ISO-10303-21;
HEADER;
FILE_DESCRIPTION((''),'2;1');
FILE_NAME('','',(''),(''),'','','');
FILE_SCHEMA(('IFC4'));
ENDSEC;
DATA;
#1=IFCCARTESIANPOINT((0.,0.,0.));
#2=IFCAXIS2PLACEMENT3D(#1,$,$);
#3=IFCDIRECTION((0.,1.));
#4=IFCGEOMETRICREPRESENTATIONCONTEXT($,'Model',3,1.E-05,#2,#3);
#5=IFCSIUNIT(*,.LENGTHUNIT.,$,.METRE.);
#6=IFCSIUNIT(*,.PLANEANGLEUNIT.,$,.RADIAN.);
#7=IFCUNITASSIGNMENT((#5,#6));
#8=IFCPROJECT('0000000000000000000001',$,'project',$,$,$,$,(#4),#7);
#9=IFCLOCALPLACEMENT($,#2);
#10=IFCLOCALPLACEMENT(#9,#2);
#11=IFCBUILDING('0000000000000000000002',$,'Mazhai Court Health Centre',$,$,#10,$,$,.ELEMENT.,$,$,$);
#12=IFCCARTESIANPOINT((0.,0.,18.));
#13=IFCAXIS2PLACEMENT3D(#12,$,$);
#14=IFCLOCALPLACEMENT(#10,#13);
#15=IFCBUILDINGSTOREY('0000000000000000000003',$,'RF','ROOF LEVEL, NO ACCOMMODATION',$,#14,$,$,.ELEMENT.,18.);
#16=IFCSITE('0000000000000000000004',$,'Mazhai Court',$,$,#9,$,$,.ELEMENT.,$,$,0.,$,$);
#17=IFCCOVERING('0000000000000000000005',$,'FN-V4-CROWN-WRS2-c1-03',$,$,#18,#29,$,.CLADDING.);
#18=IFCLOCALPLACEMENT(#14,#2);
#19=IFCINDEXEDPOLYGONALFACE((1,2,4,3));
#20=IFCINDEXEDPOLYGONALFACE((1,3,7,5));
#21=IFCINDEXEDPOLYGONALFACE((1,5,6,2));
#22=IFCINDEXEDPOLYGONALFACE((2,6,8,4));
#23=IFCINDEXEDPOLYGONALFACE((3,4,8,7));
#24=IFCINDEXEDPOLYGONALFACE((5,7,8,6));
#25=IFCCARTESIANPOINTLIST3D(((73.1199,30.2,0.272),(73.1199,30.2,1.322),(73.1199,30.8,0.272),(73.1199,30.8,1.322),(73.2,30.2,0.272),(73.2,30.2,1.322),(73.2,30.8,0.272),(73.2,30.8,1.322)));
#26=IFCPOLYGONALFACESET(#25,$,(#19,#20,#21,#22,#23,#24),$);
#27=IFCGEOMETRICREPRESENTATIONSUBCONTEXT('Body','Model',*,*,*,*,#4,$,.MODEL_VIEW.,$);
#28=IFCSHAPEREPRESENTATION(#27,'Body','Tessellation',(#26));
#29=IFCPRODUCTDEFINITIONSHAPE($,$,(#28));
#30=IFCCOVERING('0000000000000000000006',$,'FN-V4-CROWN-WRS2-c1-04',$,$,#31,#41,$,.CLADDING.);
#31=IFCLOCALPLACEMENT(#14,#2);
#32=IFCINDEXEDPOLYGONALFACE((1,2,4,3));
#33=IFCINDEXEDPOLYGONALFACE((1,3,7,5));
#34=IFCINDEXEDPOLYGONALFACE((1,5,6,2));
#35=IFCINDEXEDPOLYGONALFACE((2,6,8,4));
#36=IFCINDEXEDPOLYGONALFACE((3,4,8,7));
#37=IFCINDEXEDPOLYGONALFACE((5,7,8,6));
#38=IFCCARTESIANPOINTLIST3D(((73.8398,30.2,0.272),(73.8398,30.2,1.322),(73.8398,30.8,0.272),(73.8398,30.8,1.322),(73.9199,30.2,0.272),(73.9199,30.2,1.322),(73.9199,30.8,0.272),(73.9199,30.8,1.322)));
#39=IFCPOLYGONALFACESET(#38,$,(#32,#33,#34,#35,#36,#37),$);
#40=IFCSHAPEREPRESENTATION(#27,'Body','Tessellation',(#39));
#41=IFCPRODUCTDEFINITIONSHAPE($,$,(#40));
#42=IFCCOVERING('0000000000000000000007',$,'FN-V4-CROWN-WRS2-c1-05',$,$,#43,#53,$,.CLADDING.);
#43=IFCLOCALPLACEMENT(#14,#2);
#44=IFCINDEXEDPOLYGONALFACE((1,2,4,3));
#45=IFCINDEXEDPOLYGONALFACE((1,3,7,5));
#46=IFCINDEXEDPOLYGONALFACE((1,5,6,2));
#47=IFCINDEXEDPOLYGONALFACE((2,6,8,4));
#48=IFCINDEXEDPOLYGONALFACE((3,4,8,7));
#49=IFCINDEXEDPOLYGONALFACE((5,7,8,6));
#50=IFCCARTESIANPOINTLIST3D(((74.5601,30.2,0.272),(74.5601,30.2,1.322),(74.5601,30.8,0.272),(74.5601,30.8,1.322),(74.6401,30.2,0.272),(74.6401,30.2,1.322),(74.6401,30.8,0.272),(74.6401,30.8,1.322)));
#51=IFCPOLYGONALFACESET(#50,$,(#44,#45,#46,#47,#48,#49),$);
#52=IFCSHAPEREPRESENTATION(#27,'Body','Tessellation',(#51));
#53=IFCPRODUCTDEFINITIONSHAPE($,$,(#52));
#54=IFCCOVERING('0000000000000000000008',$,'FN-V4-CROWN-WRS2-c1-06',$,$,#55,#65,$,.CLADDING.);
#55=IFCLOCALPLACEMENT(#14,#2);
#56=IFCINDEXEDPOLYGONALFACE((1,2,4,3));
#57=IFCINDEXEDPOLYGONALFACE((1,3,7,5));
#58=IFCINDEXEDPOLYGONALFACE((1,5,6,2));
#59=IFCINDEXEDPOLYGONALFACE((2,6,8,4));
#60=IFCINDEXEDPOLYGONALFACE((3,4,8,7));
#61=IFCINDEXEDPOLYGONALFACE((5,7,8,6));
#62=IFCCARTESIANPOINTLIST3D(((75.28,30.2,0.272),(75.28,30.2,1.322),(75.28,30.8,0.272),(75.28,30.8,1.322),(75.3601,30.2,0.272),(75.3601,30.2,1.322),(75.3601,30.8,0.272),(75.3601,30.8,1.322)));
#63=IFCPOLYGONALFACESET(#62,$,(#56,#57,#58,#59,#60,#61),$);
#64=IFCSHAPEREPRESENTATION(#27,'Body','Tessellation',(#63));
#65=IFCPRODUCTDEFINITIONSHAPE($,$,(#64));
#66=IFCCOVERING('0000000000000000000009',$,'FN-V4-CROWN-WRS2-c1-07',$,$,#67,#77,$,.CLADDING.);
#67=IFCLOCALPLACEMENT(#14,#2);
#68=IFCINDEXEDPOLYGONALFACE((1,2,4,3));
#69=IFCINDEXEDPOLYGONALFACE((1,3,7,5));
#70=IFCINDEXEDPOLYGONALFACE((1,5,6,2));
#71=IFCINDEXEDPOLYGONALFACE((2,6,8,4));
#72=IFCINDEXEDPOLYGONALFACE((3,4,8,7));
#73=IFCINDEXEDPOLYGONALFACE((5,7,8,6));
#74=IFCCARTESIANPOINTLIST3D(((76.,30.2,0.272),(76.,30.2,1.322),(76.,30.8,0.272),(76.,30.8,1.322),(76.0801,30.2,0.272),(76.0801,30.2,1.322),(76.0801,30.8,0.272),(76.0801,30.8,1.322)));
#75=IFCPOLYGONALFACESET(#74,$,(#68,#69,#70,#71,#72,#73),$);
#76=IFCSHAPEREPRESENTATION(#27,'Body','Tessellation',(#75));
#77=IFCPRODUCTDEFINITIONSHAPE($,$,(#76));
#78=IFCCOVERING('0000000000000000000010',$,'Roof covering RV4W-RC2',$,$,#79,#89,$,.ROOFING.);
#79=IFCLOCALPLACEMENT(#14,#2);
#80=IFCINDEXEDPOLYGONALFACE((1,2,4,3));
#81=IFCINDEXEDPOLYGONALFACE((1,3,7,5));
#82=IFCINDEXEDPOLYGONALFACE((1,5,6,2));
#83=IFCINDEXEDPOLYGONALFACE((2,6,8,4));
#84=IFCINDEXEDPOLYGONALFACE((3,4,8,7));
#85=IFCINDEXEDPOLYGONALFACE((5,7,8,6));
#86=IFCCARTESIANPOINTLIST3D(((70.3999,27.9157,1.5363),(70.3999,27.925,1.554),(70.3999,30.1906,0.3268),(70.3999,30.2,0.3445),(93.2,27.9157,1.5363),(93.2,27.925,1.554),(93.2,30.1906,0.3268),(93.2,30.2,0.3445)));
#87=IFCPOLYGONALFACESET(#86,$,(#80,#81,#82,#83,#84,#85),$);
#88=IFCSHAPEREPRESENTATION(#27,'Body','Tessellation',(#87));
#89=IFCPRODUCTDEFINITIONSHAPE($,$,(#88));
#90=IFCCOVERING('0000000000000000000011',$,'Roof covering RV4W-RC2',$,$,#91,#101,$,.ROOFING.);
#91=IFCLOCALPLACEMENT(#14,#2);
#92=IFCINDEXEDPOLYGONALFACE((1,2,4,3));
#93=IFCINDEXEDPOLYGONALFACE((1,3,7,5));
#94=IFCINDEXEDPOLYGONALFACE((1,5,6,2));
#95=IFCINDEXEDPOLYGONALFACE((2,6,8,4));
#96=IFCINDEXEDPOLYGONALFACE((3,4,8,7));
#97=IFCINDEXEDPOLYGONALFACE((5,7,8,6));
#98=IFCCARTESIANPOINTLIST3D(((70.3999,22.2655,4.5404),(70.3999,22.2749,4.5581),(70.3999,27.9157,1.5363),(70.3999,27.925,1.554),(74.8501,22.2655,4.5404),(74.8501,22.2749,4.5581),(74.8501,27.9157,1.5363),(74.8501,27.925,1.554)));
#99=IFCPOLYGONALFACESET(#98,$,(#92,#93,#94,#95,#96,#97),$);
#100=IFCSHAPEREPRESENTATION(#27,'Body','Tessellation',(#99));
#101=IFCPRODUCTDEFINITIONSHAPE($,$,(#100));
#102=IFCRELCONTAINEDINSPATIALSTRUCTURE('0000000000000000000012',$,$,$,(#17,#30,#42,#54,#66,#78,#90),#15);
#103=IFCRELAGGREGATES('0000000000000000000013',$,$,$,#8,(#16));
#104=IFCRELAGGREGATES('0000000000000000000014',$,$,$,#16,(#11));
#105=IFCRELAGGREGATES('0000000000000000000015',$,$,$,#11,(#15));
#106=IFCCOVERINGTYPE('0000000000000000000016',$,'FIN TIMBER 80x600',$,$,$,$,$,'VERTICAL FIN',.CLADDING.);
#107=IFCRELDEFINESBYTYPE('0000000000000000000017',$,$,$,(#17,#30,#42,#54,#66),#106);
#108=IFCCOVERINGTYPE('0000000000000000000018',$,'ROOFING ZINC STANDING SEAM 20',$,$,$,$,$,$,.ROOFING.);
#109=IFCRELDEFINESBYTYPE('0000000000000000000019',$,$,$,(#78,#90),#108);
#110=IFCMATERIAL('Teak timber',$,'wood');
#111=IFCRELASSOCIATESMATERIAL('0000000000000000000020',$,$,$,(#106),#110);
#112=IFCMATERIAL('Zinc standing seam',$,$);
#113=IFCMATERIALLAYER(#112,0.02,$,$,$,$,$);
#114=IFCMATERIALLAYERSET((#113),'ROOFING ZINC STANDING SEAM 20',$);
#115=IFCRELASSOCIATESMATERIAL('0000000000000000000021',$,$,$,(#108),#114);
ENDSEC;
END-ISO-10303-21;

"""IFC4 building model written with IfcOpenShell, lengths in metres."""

from ifc_helpers import new_model, si_unit, direction, frame, origin, origin_2d, place, context, subcontext, project, spatial, polyline, rectangle, outline, extrude, material, layer, layer_set, type_object, element, save


model = new_model("IFC4")

# Units and contexts
model_context = context("Model", 3, precision=1e-05, world=origin(), true_north=direction((0.0, 1.0)))
body_context = subcontext(model_context, "Body", "Model", "MODEL_VIEW")
ifc_project = project(units=[si_unit("LENGTHUNIT", "METRE"), si_unit("PLANEANGLEUNIT", "RADIAN")], contexts=[model_context])

# Site, building, storey
site_placement = place(None, origin())
site = spatial("IfcSite", under=ifc_project, at=site_placement, Name="Mazhai Court", CompositionType="ELEMENT", RefElevation=0.0)
building_placement = place(site_placement, origin())
building = spatial("IfcBuilding", under=site, at=building_placement, Name="Mazhai Court Health Centre", CompositionType="ELEMENT")
storey_placement = place(building_placement, frame((0.0, 0.0, 18.0)))
storey = spatial("IfcBuildingStorey", under=building, at=storey_placement, Name="RF", Description="ROOF LEVEL, NO ACCOMMODATION", CompositionType="ELEMENT", Elevation=18.0)

# Coverings
ifc_material_1 = material(Name="Teak timber", Category="wood")
covering_type_1 = type_object("IfcCoveringType", Name="FIN TIMBER 80x600", ElementType="VERTICAL FIN", PredefinedType="CLADDING", material=ifc_material_1)
for number, where, z_axis, x_axis, name in (
    (1, (73.1599, 30.5, 0.272), (0.0, 0.0, 1.0), (1.0, 0.0, 0.0), "FN-V4-CROWN-WRS2-c1-03"),
    (2, (73.8799, 30.5, 0.272), (0.0, 0.0, 1.0), (1.0, 0.0, 0.0), "FN-V4-CROWN-WRS2-c1-04"),
    (3, (74.6001, 30.5, 0.272), (0.0, 0.0, 1.0), (1.0, 0.0, 0.0), "FN-V4-CROWN-WRS2-c1-05"),
    (4, (75.3201, 30.5, 0.272), (0.0, 0.0, 1.0), (1.0, 0.0, 0.0), "FN-V4-CROWN-WRS2-c1-06"),
    (5, (76.04, 30.5, 0.272), (0.0, 0.0, 1.0), (1.0, 0.0, 0.0), "FN-V4-CROWN-WRS2-c1-07"),
):
    element("IfcCovering", number, at=place(storey_placement, frame(where, z_axis=z_axis, x_axis=x_axis)), inside=storey, type_object=covering_type_1, Name=name, PredefinedType="CLADDING", context=body_context, shape_type="SweptSolid", body=[
        extrude(rectangle(XDim=0.0801, YDim=0.6001, at=origin_2d()), origin(), (0.0, 0.0, 1.0), 1.05),
    ])
ifc_material_2 = material(Name="Zinc standing seam")
ifc_layer_1 = layer(ifc_material_2, 0.02)
ifc_layer_set_1 = layer_set([ifc_layer_1], Name="ROOFING ZINC STANDING SEAM 20")
covering_type_2 = type_object("IfcCoveringType", Name="ROOFING ZINC STANDING SEAM 20", PredefinedType="ROOFING", material=ifc_layer_set_1)
covering_1_placement = place(storey_placement, frame((70.3999, 30.2, 0.3445), z_axis=(0.0, 0.469437, 0.882966), x_axis=(1.0, 0.0, 0.0)))
element("IfcCovering", 6, at=covering_1_placement, inside=storey, type_object=covering_type_2, Name="Roof covering RV4W-RC2", PredefinedType="ROOFING", context=body_context, shape_type="SweptSolid", body=[
    extrude(outline(polyline([(0.0, 0.0), (22.8, 0.0), (22.8, -2.5764), (0.0, -2.5764), (0.0, 0.0)])), origin(), (0.0, 0.0, -1.0), 0.02),
])
covering_2_placement = place(storey_placement, frame((70.3999, 27.925, 1.554), z_axis=(0.0, 0.469461, 0.882953), x_axis=(1.0, 0.0, 0.0)))
element("IfcCovering", 7, at=covering_2_placement, inside=storey, type_object=covering_type_2, Name="Roof covering RV4W-RC2", PredefinedType="ROOFING", context=body_context, shape_type="SweptSolid", body=[
    extrude(outline(polyline([(0.0, 0.0), (4.4502, 0.0), (4.4502, -6.3991), (0.0, -6.3991), (0.0, 0.0)])), origin(), (0.0, 0.0, -1.0), 0.02),
])

save(model, "model.ifc")
